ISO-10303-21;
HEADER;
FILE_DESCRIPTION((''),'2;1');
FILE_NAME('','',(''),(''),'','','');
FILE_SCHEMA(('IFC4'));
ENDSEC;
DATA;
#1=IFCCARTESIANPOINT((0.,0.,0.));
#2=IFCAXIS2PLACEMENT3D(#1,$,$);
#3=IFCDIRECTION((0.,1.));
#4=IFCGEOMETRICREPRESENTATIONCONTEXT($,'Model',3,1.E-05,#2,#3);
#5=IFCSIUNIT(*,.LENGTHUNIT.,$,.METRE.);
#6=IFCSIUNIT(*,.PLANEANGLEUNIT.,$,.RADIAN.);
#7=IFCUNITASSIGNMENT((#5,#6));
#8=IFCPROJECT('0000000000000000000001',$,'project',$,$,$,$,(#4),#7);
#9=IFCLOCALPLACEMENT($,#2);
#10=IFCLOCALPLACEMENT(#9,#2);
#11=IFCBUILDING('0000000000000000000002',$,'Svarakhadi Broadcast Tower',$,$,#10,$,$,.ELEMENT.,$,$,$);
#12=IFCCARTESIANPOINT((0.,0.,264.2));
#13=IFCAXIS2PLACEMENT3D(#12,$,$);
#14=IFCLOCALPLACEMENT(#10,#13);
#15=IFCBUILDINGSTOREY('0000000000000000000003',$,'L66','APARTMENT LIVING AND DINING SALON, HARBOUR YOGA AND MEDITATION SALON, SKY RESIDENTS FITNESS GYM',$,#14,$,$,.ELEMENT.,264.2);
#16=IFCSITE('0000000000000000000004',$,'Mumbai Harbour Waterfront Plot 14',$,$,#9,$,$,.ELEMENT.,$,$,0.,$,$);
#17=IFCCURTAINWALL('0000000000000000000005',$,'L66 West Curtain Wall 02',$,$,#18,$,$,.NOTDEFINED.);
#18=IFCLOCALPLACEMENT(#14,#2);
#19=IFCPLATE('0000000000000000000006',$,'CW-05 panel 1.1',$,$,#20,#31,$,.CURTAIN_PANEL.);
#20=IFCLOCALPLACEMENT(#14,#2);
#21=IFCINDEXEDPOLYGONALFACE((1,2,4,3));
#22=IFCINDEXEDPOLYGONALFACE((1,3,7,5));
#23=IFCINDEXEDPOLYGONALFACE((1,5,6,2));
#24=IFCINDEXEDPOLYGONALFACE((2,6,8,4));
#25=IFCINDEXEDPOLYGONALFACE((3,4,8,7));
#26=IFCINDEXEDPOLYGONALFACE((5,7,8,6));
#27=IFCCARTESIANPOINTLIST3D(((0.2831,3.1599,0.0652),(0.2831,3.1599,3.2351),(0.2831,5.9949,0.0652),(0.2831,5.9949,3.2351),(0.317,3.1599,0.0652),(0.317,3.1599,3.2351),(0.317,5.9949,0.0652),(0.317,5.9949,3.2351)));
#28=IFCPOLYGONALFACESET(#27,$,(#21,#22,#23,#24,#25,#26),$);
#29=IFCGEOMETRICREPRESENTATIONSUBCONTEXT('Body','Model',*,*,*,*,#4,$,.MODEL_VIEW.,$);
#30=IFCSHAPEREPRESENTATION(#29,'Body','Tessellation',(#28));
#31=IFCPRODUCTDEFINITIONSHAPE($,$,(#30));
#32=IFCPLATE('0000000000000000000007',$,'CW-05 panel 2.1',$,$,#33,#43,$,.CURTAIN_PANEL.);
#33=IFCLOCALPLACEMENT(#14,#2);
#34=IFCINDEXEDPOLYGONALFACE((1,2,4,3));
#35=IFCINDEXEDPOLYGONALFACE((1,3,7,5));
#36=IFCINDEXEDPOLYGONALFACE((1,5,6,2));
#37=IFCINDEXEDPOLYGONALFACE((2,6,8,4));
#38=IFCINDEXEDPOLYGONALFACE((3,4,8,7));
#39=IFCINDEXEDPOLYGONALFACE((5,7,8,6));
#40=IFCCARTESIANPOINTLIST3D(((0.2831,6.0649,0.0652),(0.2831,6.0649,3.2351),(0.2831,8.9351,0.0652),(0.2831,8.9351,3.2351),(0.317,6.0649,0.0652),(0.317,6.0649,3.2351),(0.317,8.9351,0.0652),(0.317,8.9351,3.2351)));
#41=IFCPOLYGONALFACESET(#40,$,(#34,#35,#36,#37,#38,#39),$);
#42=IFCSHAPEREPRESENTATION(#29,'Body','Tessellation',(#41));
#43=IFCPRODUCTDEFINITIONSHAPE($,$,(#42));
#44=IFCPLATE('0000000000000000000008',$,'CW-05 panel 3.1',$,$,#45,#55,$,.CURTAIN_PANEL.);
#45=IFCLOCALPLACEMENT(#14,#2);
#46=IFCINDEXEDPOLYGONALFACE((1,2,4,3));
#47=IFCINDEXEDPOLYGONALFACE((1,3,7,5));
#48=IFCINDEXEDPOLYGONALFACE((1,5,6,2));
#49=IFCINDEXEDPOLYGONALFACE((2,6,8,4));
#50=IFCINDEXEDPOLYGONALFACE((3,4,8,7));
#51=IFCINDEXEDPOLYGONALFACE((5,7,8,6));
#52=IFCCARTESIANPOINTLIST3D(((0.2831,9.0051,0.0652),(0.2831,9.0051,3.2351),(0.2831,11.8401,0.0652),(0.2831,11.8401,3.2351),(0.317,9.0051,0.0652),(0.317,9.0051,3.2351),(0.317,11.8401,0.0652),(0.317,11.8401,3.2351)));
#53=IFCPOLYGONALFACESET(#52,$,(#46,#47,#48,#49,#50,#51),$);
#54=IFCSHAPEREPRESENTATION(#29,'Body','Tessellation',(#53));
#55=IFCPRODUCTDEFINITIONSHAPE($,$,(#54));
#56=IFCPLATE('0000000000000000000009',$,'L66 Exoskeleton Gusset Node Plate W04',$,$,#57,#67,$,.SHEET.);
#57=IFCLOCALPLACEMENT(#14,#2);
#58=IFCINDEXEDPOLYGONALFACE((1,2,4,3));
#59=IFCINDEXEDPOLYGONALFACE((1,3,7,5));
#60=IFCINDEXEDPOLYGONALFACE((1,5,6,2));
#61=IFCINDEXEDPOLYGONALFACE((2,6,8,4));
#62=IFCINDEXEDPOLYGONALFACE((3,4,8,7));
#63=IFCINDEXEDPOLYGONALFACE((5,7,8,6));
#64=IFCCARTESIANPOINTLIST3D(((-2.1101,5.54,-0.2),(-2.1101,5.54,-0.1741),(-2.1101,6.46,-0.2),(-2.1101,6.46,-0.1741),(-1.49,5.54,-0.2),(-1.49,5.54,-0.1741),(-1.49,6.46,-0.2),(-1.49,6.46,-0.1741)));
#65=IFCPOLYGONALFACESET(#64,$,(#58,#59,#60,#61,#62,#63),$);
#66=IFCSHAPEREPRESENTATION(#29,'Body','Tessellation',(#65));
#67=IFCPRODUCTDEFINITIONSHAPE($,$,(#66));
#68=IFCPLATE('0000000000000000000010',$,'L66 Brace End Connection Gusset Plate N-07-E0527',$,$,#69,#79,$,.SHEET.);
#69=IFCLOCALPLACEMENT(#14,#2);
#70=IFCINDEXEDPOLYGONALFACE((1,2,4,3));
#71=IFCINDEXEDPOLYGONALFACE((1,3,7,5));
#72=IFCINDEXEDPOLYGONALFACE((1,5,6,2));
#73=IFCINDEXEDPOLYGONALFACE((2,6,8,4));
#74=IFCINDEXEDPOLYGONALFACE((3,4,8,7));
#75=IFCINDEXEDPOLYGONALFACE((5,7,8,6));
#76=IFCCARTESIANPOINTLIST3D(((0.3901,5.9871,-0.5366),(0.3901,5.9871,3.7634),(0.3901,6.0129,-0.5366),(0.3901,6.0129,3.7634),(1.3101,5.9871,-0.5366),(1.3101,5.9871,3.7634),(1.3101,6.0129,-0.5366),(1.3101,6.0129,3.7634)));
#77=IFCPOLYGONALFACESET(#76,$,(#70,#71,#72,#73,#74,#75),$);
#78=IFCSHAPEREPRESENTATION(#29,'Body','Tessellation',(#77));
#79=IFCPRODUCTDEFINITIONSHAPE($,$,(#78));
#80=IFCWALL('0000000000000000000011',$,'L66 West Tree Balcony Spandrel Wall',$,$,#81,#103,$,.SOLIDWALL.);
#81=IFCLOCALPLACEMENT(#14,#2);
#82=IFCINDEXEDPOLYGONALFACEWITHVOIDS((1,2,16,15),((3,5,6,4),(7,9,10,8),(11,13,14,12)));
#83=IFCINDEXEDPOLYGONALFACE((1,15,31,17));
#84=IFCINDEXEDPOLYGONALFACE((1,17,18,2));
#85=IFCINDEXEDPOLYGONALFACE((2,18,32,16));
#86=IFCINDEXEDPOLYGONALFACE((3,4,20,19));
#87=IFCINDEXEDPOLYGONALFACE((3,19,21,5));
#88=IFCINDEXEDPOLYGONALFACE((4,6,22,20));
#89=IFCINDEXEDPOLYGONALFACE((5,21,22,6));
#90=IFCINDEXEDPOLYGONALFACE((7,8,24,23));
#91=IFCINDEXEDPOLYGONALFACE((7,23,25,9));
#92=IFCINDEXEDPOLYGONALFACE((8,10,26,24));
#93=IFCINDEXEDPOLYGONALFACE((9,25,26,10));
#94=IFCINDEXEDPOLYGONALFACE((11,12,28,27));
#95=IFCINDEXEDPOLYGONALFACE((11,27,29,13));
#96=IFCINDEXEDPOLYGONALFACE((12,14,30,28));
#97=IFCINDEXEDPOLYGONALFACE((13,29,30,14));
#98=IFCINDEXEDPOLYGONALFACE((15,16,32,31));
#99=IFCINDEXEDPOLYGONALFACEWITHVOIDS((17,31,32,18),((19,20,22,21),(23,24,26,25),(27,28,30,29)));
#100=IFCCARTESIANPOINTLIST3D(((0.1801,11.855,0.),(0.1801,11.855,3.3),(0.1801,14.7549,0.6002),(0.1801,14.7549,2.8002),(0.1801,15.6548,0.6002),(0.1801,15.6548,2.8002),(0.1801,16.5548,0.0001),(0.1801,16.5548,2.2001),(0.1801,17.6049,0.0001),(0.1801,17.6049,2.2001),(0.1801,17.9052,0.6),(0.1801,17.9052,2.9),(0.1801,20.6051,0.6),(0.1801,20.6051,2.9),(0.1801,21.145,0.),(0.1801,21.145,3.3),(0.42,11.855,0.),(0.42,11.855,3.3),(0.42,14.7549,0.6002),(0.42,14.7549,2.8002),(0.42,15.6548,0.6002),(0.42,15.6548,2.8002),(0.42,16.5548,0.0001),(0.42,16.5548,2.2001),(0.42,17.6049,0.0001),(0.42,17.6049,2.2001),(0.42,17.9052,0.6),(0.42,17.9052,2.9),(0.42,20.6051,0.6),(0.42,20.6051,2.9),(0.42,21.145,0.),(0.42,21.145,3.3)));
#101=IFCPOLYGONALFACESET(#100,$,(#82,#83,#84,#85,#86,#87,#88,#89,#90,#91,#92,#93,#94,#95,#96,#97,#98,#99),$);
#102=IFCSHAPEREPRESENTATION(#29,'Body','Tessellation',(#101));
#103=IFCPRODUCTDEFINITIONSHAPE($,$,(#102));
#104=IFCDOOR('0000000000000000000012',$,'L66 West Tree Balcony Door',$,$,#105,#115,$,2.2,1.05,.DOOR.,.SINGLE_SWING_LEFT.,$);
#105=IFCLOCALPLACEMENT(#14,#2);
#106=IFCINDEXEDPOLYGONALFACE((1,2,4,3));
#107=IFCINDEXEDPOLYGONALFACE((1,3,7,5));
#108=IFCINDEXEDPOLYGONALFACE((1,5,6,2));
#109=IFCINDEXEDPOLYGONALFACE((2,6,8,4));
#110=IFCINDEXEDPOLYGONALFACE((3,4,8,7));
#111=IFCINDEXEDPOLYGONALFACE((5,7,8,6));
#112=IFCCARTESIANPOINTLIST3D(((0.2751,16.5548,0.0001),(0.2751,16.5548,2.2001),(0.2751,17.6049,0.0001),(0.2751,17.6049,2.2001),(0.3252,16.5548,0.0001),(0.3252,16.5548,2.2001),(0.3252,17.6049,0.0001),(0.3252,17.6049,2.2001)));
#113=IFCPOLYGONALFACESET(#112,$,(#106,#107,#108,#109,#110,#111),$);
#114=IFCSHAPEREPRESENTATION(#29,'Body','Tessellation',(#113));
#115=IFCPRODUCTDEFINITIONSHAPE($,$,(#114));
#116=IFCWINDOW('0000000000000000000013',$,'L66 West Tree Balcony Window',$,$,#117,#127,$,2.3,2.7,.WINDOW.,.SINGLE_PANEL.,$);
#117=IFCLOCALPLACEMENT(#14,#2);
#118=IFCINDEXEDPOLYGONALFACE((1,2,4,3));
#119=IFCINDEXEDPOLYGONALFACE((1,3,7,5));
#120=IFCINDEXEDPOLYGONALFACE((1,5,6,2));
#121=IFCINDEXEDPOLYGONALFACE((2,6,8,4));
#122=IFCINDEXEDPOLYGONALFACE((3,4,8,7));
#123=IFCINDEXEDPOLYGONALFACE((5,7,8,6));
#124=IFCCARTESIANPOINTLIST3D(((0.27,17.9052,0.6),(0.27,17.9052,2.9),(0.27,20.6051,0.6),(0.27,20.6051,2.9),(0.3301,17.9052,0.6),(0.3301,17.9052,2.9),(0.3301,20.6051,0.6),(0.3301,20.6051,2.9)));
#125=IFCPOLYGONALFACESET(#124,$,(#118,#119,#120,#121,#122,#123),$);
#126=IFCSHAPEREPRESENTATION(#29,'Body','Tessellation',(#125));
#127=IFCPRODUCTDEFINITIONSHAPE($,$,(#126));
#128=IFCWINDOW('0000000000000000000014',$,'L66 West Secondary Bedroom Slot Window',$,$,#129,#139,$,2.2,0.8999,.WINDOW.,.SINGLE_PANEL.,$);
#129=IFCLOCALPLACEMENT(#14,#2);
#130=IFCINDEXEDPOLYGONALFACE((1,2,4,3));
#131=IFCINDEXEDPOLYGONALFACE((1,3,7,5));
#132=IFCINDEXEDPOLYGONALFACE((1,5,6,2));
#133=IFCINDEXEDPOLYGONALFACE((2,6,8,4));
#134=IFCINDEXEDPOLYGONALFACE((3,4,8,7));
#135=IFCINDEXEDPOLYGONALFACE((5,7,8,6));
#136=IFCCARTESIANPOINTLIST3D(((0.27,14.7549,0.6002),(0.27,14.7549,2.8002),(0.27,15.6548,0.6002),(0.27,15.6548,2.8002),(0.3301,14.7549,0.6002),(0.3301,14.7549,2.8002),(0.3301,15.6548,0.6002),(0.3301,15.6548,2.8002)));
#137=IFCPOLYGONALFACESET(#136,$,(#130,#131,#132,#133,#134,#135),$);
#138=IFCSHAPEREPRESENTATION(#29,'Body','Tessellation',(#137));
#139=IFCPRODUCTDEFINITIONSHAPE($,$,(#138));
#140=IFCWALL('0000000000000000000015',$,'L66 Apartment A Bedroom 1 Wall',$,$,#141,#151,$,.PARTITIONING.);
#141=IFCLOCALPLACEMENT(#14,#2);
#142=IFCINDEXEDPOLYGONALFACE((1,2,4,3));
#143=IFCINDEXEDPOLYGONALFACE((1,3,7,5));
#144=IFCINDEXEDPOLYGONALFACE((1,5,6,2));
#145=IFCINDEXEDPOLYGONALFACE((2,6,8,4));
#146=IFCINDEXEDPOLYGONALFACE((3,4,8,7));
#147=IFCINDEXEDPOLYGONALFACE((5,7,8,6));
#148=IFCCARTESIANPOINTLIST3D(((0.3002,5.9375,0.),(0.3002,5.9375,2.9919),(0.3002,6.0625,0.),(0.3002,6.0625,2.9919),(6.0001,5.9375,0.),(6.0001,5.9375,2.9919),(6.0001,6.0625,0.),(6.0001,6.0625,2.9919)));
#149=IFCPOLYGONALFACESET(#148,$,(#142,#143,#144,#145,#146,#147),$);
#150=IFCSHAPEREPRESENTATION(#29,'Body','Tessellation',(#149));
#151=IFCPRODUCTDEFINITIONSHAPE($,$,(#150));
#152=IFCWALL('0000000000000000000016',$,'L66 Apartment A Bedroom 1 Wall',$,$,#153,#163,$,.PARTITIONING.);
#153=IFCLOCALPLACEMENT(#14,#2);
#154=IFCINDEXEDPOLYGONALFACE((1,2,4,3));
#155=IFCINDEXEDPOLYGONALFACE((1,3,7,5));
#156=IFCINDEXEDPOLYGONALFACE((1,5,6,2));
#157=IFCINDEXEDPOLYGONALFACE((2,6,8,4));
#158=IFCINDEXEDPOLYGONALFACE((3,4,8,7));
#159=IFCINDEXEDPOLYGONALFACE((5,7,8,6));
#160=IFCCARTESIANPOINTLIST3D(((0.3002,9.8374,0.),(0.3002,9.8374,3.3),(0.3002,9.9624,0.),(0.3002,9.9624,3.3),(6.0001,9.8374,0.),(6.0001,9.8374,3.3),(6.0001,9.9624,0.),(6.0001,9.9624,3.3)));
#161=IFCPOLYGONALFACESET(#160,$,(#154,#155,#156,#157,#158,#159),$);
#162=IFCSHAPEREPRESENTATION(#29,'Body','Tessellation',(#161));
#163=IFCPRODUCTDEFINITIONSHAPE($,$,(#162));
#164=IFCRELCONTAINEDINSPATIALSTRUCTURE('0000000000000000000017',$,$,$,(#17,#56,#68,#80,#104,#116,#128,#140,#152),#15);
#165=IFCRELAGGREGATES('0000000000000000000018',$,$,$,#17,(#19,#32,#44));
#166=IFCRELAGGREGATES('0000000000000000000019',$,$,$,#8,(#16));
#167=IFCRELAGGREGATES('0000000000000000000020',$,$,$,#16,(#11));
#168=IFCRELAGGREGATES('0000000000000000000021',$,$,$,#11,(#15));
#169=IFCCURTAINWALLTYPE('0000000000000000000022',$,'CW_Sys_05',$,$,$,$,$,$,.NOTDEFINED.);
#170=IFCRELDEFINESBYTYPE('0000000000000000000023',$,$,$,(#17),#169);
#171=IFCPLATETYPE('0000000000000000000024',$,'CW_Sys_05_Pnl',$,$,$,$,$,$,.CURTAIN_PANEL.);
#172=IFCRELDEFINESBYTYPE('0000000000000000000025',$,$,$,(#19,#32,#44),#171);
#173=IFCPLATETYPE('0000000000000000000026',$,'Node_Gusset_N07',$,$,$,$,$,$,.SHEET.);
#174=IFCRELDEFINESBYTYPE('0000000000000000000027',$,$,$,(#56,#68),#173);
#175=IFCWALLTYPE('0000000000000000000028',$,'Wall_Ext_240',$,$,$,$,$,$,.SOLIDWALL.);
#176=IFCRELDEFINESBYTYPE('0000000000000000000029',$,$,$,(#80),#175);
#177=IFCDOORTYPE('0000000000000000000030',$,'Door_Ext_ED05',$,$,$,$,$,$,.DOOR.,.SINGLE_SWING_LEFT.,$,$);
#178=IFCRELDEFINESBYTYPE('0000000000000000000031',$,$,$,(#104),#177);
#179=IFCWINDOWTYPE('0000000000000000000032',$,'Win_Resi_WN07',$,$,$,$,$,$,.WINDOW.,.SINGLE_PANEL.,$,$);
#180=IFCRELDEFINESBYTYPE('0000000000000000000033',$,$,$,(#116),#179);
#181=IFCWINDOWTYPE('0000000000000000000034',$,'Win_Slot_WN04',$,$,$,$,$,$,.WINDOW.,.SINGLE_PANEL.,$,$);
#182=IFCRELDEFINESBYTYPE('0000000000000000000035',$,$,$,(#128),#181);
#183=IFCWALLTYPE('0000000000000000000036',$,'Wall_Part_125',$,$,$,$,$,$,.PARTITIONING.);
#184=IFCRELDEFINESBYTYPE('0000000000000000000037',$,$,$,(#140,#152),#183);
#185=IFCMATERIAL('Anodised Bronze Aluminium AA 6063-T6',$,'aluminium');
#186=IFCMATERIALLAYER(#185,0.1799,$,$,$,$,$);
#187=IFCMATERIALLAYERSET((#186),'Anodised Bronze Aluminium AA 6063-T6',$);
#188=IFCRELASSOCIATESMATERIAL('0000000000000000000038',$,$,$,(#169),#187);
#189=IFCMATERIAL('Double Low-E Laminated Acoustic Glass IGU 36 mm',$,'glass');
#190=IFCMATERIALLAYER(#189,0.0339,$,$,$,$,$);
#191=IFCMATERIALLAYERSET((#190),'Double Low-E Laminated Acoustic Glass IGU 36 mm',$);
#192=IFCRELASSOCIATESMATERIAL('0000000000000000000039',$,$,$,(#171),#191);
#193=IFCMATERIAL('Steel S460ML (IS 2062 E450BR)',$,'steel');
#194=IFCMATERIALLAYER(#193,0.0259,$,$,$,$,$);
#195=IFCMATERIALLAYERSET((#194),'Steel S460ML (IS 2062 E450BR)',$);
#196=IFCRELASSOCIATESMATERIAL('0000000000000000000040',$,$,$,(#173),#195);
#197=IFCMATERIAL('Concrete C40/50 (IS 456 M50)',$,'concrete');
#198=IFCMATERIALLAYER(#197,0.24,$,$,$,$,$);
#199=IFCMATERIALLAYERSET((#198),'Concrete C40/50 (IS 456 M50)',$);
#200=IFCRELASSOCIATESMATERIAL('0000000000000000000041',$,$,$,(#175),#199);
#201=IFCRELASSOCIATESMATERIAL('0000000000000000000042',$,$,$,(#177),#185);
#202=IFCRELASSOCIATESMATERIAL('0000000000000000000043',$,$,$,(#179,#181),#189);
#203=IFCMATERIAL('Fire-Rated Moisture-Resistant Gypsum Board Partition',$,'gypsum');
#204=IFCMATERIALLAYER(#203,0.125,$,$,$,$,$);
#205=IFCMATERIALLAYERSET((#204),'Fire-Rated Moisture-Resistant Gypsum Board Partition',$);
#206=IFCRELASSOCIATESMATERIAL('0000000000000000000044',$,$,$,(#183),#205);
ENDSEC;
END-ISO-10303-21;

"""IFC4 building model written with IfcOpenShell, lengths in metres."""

from ifc_helpers import new_model, si_unit, direction, frame, frame_2d, origin, origin_2d, place, context, subcontext, project, spatial, rectangle, extrude, material, layer, layer_set, type_object, element, fill, aggregate, save


model = new_model("IFC4")

# Units and contexts
model_context = context("Model", 3, precision=1e-05, world=origin(), true_north=direction((0.0, 1.0)))
body_context = subcontext(model_context, "Body", "Model", "MODEL_VIEW")
ifc_project = project(units=[si_unit("LENGTHUNIT", "METRE"), si_unit("PLANEANGLEUNIT", "RADIAN")], contexts=[model_context])

# Site, building, storey
site_placement = place(None, origin())
site = spatial("IfcSite", under=ifc_project, at=site_placement, Name="Mumbai Harbour Waterfront Plot 14", CompositionType="ELEMENT", RefElevation=0.0)
building_placement = place(site_placement, origin())
building = spatial("IfcBuilding", under=site, at=building_placement, Name="Svarakhadi Broadcast Tower", CompositionType="ELEMENT")
storey_placement = place(building_placement, frame((0.0, 0.0, 264.2)))
storey = spatial("IfcBuildingStorey", under=building, at=storey_placement, Name="L66", Description="APARTMENT LIVING AND DINING SALON, HARBOUR YOGA AND MEDITATION SALON, SKY RESIDENTS FITNESS GYM", CompositionType="ELEMENT", Elevation=264.2)

# Shared definitions
ifc_material_1 = material(Name="Steel S460ML (IS 2062 E450BR)", Category="steel")

# Curtain wall
ifc_material_2 = material(Name="Anodised Bronze Aluminium AA 6063-T6", Category="aluminium")
ifc_layer_1 = layer(ifc_material_2, 0.1799)
ifc_layer_set_1 = layer_set([ifc_layer_1], Name="Anodised Bronze Aluminium AA 6063-T6")
curtain_wall_type = type_object("IfcCurtainWallType", Name="CW_Sys_05", PredefinedType="NOTDEFINED", material=ifc_layer_set_1)
curtain_wall_placement = place(storey_placement, origin())
curtain_wall = element("IfcCurtainWall", 1, at=curtain_wall_placement, inside=storey, type_object=curtain_wall_type, Name="L66 West Curtain Wall 02", PredefinedType="NOTDEFINED")

# Plates
ifc_material_3 = material(Name="Double Low-E Laminated Acoustic Glass IGU 36 mm", Category="glass")
ifc_layer_2 = layer(ifc_material_3, 0.0339)
ifc_layer_set_2 = layer_set([ifc_layer_2], Name="Double Low-E Laminated Acoustic Glass IGU 36 mm")
plate_type_1 = type_object("IfcPlateType", Name="CW_Sys_05_Pnl", PredefinedType="CURTAIN_PANEL", material=ifc_layer_set_2)
plate_1_placement = place(storey_placement, frame((0.3, 4.5774, 0.0652), z_axis=(0.0, 0.0, 1.0), x_axis=(0.0, 1.0, 0.0)))
plate_1 = element("IfcPlate", 2, at=plate_1_placement, type_object=plate_type_1, Name="CW-05 panel 1.1", PredefinedType="CURTAIN_PANEL", context=body_context, shape_type="SweptSolid", body=[
    extrude(rectangle(XDim=2.835, YDim=0.0339, at=origin_2d()), origin(), (0.0, 0.0, 1.0), 3.1699),
])
plate_2_placement = place(storey_placement, frame((0.3, 7.5, 0.0652), z_axis=(0.0, 0.0, 1.0), x_axis=(0.0, 1.0, 0.0)))
plate_2 = element("IfcPlate", 3, at=plate_2_placement, type_object=plate_type_1, Name="CW-05 panel 2.1", PredefinedType="CURTAIN_PANEL", context=body_context, shape_type="SweptSolid", body=[
    extrude(rectangle(XDim=2.8701, YDim=0.0339, at=origin_2d()), origin(), (0.0, 0.0, 1.0), 3.1699),
])
plate_3_placement = place(storey_placement, frame((0.3, 10.4226, 0.0652), z_axis=(0.0, 0.0, 1.0), x_axis=(0.0, 1.0, 0.0)))
plate_3 = element("IfcPlate", 4, at=plate_3_placement, type_object=plate_type_1, Name="CW-05 panel 3.1", PredefinedType="CURTAIN_PANEL", context=body_context, shape_type="SweptSolid", body=[
    extrude(rectangle(XDim=2.835, YDim=0.0339, at=origin_2d()), origin(), (0.0, 0.0, 1.0), 3.1699),
])
aggregate(curtain_wall, [plate_1, plate_2, plate_3])

# Plates
ifc_layer_3 = layer(ifc_material_1, 0.0259)
ifc_layer_set_3 = layer_set([ifc_layer_3], Name="Steel S460ML (IS 2062 E450BR)")
plate_type_2 = type_object("IfcPlateType", Name="Node_Gusset_N07", PredefinedType="SHEET", material=ifc_layer_set_3)
plate_4_placement = place(storey_placement, frame((-1.8, 6.0, -0.2), z_axis=(0.0, 0.0, 1.0), x_axis=(0.0, 1.0, 0.0)))
element("IfcPlate", 5, at=plate_4_placement, inside=storey, type_object=plate_type_2, Name="L66 Exoskeleton Gusset Node Plate W04", PredefinedType="SHEET", context=body_context, shape_type="SweptSolid", body=[
    extrude(rectangle(XDim=0.9199, YDim=0.6201, at=origin_2d()), origin(), (0.0, 0.0, 1.0), 0.0259),
])
plate_5_placement = place(storey_placement, frame((0.8501, 6.0, -0.5366), z_axis=(0.0, 0.0, 1.0), x_axis=(1.0, 0.0, 0.0)))
element("IfcPlate", 6, at=plate_5_placement, inside=storey, type_object=plate_type_2, Name="L66 Brace End Connection Gusset Plate N-07-E0527", PredefinedType="SHEET", context=body_context, shape_type="SweptSolid", body=[
    extrude(rectangle(XDim=0.9199, YDim=0.0259, at=origin_2d()), origin(), (0.0, 0.0, 1.0), 4.3),
])

# Wall, openings, door, windows
ifc_material_4 = material(Name="Concrete C40/50 (IS 456 M50)", Category="concrete")
ifc_layer_4 = layer(ifc_material_4, 0.24)
ifc_layer_set_4 = layer_set([ifc_layer_4], Name="Concrete C40/50 (IS 456 M50)")
wall_type_1 = type_object("IfcWallType", Name="Wall_Ext_240", PredefinedType="SOLIDWALL", material=ifc_layer_set_4)
wall_1_placement = place(storey_placement, frame((0.3, 11.855, 0.0), z_axis=(0.0, 0.0, 1.0), x_axis=(0.0, 1.0, 0.0)))
wall_1 = element("IfcWall", 7, at=wall_1_placement, inside=storey, type_object=wall_type_1, Name="L66 West Tree Balcony Spandrel Wall", PredefinedType="SOLIDWALL", context=body_context, shape_type="SweptSolid", body=[
    extrude(rectangle(XDim=9.29, YDim=0.24, at=frame_2d((4.645, 0.0))), origin(), (0.0, 0.0, 1.0), 3.3),
])
opening_1_placement = place(wall_1_placement, frame((4.7, 0.0, 0.0)))
opening_1 = element("IfcOpeningElement", 8, at=opening_1_placement, cuts=wall_1, PredefinedType="OPENING", context=body_context, shape_type="SweptSolid", body=[
    extrude(rectangle(XDim=1.05, YDim=2.2, at=frame_2d((0.5249, 1.1001))), frame((0.0, 0.1299, 0.0), z_axis=(0.0, -1.0, 0.0), x_axis=(1.0, 0.0, 0.0)), (0.0, 0.0, 1.0), 0.26),
])
opening_2_placement = place(wall_1_placement, frame((6.05, 0.0, 0.6001)))
opening_2 = element("IfcOpeningElement", 9, at=opening_2_placement, cuts=wall_1, PredefinedType="OPENING", context=body_context, shape_type="SweptSolid", body=[
    extrude(rectangle(XDim=2.7, YDim=2.3, at=frame_2d((1.3501, 1.1499))), frame((0.0, 0.1299, 0.0), z_axis=(0.0, -1.0, 0.0), x_axis=(1.0, 0.0, 0.0)), (0.0, 0.0, 1.0), 0.26),
])
opening_3_placement = place(wall_1_placement, frame((2.8999, 0.0, 0.6001)))
opening_3 = element("IfcOpeningElement", 10, at=opening_3_placement, cuts=wall_1, PredefinedType="OPENING", context=body_context, shape_type="SweptSolid", body=[
    extrude(rectangle(XDim=0.8999, YDim=2.2, at=frame_2d((0.45, 1.1001))), frame((0.0, 0.1299, 0.0), z_axis=(0.0, -1.0, 0.0), x_axis=(1.0, 0.0, 0.0)), (0.0, 0.0, 1.0), 0.26),
])
door_type = type_object("IfcDoorType", Name="Door_Ext_ED05", OperationType="SINGLE_SWING_LEFT", PredefinedType="DOOR", material=ifc_material_2)
door_placement = place(opening_1_placement, origin())
door = element("IfcDoor", 11, at=door_placement, inside=storey, type_object=door_type, Name="L66 West Tree Balcony Door", OperationType="SINGLE_SWING_LEFT", OverallHeight=2.2, OverallWidth=1.05, PredefinedType="DOOR", context=body_context, shape_type="SweptSolid", body=[
    extrude(rectangle(XDim=1.05, YDim=2.2, at=frame_2d((0.5249, 1.1001))), frame((0.0, 0.0249, 0.0), z_axis=(0.0, -1.0, 0.0), x_axis=(1.0, 0.0, 0.0)), (0.0, 0.0, 1.0), 0.05),
])
fill(opening_1, door)
window_type_1 = type_object("IfcWindowType", Name="Win_Resi_WN07", PartitioningType="SINGLE_PANEL", PredefinedType="WINDOW", material=ifc_material_3)
window_1_placement = place(opening_2_placement, origin())
window_1 = element("IfcWindow", 12, at=window_1_placement, inside=storey, type_object=window_type_1, Name="L66 West Tree Balcony Window", OverallHeight=2.3, OverallWidth=2.7, PartitioningType="SINGLE_PANEL", PredefinedType="WINDOW", context=body_context, shape_type="SweptSolid", body=[
    extrude(rectangle(XDim=2.7, YDim=2.3, at=frame_2d((1.3501, 1.1499))), frame((0.0, 0.03, 0.0), z_axis=(0.0, -1.0, 0.0), x_axis=(1.0, 0.0, 0.0)), (0.0, 0.0, 1.0), 0.0601),
])
fill(opening_2, window_1)
window_type_2 = type_object("IfcWindowType", Name="Win_Slot_WN04", PartitioningType="SINGLE_PANEL", PredefinedType="WINDOW", material=ifc_material_3)
window_2_placement = place(opening_3_placement, origin())
window_2 = element("IfcWindow", 13, at=window_2_placement, inside=storey, type_object=window_type_2, Name="L66 West Secondary Bedroom Slot Window", OverallHeight=2.2, OverallWidth=0.8999, PartitioningType="SINGLE_PANEL", PredefinedType="WINDOW", context=body_context, shape_type="SweptSolid", body=[
    extrude(rectangle(XDim=0.8999, YDim=2.2, at=frame_2d((0.45, 1.1001))), frame((0.0, 0.03, 0.0), z_axis=(0.0, -1.0, 0.0), x_axis=(1.0, 0.0, 0.0)), (0.0, 0.0, 1.0), 0.0601),
])
fill(opening_3, window_2)

# Walls
ifc_material_5 = material(Name="Fire-Rated Moisture-Resistant Gypsum Board Partition", Category="gypsum")
ifc_layer_5 = layer(ifc_material_5, 0.125)
ifc_layer_set_5 = layer_set([ifc_layer_5], Name="Fire-Rated Moisture-Resistant Gypsum Board Partition")
wall_type_2 = type_object("IfcWallType", Name="Wall_Part_125", PredefinedType="PARTITIONING", material=ifc_layer_set_5)
wall_2_placement = place(storey_placement, frame((0.3, 6.0, 0.0), z_axis=(0.0, 0.0, 1.0), x_axis=(1.0, 0.0, 0.0)))
element("IfcWall", 14, at=wall_2_placement, inside=storey, type_object=wall_type_2, Name="L66 Apartment A Bedroom 1 Wall", PredefinedType="PARTITIONING", context=body_context, shape_type="SweptSolid", body=[
    extrude(rectangle(XDim=5.7, YDim=0.125, at=frame_2d((2.8501, 0.0))), origin(), (0.0, 0.0, 1.0), 2.9919),
])
wall_3_placement = place(storey_placement, frame((0.3, 9.8999, 0.0), z_axis=(0.0, 0.0, 1.0), x_axis=(1.0, 0.0, 0.0)))
element("IfcWall", 15, at=wall_3_placement, inside=storey, type_object=wall_type_2, Name="L66 Apartment A Bedroom 1 Wall", PredefinedType="PARTITIONING", context=body_context, shape_type="SweptSolid", body=[
    extrude(rectangle(XDim=5.7, YDim=0.125, at=frame_2d((2.8501, 0.0))), origin(), (0.0, 0.0, 1.0), 3.3),
])

save(model, "model.ifc")
